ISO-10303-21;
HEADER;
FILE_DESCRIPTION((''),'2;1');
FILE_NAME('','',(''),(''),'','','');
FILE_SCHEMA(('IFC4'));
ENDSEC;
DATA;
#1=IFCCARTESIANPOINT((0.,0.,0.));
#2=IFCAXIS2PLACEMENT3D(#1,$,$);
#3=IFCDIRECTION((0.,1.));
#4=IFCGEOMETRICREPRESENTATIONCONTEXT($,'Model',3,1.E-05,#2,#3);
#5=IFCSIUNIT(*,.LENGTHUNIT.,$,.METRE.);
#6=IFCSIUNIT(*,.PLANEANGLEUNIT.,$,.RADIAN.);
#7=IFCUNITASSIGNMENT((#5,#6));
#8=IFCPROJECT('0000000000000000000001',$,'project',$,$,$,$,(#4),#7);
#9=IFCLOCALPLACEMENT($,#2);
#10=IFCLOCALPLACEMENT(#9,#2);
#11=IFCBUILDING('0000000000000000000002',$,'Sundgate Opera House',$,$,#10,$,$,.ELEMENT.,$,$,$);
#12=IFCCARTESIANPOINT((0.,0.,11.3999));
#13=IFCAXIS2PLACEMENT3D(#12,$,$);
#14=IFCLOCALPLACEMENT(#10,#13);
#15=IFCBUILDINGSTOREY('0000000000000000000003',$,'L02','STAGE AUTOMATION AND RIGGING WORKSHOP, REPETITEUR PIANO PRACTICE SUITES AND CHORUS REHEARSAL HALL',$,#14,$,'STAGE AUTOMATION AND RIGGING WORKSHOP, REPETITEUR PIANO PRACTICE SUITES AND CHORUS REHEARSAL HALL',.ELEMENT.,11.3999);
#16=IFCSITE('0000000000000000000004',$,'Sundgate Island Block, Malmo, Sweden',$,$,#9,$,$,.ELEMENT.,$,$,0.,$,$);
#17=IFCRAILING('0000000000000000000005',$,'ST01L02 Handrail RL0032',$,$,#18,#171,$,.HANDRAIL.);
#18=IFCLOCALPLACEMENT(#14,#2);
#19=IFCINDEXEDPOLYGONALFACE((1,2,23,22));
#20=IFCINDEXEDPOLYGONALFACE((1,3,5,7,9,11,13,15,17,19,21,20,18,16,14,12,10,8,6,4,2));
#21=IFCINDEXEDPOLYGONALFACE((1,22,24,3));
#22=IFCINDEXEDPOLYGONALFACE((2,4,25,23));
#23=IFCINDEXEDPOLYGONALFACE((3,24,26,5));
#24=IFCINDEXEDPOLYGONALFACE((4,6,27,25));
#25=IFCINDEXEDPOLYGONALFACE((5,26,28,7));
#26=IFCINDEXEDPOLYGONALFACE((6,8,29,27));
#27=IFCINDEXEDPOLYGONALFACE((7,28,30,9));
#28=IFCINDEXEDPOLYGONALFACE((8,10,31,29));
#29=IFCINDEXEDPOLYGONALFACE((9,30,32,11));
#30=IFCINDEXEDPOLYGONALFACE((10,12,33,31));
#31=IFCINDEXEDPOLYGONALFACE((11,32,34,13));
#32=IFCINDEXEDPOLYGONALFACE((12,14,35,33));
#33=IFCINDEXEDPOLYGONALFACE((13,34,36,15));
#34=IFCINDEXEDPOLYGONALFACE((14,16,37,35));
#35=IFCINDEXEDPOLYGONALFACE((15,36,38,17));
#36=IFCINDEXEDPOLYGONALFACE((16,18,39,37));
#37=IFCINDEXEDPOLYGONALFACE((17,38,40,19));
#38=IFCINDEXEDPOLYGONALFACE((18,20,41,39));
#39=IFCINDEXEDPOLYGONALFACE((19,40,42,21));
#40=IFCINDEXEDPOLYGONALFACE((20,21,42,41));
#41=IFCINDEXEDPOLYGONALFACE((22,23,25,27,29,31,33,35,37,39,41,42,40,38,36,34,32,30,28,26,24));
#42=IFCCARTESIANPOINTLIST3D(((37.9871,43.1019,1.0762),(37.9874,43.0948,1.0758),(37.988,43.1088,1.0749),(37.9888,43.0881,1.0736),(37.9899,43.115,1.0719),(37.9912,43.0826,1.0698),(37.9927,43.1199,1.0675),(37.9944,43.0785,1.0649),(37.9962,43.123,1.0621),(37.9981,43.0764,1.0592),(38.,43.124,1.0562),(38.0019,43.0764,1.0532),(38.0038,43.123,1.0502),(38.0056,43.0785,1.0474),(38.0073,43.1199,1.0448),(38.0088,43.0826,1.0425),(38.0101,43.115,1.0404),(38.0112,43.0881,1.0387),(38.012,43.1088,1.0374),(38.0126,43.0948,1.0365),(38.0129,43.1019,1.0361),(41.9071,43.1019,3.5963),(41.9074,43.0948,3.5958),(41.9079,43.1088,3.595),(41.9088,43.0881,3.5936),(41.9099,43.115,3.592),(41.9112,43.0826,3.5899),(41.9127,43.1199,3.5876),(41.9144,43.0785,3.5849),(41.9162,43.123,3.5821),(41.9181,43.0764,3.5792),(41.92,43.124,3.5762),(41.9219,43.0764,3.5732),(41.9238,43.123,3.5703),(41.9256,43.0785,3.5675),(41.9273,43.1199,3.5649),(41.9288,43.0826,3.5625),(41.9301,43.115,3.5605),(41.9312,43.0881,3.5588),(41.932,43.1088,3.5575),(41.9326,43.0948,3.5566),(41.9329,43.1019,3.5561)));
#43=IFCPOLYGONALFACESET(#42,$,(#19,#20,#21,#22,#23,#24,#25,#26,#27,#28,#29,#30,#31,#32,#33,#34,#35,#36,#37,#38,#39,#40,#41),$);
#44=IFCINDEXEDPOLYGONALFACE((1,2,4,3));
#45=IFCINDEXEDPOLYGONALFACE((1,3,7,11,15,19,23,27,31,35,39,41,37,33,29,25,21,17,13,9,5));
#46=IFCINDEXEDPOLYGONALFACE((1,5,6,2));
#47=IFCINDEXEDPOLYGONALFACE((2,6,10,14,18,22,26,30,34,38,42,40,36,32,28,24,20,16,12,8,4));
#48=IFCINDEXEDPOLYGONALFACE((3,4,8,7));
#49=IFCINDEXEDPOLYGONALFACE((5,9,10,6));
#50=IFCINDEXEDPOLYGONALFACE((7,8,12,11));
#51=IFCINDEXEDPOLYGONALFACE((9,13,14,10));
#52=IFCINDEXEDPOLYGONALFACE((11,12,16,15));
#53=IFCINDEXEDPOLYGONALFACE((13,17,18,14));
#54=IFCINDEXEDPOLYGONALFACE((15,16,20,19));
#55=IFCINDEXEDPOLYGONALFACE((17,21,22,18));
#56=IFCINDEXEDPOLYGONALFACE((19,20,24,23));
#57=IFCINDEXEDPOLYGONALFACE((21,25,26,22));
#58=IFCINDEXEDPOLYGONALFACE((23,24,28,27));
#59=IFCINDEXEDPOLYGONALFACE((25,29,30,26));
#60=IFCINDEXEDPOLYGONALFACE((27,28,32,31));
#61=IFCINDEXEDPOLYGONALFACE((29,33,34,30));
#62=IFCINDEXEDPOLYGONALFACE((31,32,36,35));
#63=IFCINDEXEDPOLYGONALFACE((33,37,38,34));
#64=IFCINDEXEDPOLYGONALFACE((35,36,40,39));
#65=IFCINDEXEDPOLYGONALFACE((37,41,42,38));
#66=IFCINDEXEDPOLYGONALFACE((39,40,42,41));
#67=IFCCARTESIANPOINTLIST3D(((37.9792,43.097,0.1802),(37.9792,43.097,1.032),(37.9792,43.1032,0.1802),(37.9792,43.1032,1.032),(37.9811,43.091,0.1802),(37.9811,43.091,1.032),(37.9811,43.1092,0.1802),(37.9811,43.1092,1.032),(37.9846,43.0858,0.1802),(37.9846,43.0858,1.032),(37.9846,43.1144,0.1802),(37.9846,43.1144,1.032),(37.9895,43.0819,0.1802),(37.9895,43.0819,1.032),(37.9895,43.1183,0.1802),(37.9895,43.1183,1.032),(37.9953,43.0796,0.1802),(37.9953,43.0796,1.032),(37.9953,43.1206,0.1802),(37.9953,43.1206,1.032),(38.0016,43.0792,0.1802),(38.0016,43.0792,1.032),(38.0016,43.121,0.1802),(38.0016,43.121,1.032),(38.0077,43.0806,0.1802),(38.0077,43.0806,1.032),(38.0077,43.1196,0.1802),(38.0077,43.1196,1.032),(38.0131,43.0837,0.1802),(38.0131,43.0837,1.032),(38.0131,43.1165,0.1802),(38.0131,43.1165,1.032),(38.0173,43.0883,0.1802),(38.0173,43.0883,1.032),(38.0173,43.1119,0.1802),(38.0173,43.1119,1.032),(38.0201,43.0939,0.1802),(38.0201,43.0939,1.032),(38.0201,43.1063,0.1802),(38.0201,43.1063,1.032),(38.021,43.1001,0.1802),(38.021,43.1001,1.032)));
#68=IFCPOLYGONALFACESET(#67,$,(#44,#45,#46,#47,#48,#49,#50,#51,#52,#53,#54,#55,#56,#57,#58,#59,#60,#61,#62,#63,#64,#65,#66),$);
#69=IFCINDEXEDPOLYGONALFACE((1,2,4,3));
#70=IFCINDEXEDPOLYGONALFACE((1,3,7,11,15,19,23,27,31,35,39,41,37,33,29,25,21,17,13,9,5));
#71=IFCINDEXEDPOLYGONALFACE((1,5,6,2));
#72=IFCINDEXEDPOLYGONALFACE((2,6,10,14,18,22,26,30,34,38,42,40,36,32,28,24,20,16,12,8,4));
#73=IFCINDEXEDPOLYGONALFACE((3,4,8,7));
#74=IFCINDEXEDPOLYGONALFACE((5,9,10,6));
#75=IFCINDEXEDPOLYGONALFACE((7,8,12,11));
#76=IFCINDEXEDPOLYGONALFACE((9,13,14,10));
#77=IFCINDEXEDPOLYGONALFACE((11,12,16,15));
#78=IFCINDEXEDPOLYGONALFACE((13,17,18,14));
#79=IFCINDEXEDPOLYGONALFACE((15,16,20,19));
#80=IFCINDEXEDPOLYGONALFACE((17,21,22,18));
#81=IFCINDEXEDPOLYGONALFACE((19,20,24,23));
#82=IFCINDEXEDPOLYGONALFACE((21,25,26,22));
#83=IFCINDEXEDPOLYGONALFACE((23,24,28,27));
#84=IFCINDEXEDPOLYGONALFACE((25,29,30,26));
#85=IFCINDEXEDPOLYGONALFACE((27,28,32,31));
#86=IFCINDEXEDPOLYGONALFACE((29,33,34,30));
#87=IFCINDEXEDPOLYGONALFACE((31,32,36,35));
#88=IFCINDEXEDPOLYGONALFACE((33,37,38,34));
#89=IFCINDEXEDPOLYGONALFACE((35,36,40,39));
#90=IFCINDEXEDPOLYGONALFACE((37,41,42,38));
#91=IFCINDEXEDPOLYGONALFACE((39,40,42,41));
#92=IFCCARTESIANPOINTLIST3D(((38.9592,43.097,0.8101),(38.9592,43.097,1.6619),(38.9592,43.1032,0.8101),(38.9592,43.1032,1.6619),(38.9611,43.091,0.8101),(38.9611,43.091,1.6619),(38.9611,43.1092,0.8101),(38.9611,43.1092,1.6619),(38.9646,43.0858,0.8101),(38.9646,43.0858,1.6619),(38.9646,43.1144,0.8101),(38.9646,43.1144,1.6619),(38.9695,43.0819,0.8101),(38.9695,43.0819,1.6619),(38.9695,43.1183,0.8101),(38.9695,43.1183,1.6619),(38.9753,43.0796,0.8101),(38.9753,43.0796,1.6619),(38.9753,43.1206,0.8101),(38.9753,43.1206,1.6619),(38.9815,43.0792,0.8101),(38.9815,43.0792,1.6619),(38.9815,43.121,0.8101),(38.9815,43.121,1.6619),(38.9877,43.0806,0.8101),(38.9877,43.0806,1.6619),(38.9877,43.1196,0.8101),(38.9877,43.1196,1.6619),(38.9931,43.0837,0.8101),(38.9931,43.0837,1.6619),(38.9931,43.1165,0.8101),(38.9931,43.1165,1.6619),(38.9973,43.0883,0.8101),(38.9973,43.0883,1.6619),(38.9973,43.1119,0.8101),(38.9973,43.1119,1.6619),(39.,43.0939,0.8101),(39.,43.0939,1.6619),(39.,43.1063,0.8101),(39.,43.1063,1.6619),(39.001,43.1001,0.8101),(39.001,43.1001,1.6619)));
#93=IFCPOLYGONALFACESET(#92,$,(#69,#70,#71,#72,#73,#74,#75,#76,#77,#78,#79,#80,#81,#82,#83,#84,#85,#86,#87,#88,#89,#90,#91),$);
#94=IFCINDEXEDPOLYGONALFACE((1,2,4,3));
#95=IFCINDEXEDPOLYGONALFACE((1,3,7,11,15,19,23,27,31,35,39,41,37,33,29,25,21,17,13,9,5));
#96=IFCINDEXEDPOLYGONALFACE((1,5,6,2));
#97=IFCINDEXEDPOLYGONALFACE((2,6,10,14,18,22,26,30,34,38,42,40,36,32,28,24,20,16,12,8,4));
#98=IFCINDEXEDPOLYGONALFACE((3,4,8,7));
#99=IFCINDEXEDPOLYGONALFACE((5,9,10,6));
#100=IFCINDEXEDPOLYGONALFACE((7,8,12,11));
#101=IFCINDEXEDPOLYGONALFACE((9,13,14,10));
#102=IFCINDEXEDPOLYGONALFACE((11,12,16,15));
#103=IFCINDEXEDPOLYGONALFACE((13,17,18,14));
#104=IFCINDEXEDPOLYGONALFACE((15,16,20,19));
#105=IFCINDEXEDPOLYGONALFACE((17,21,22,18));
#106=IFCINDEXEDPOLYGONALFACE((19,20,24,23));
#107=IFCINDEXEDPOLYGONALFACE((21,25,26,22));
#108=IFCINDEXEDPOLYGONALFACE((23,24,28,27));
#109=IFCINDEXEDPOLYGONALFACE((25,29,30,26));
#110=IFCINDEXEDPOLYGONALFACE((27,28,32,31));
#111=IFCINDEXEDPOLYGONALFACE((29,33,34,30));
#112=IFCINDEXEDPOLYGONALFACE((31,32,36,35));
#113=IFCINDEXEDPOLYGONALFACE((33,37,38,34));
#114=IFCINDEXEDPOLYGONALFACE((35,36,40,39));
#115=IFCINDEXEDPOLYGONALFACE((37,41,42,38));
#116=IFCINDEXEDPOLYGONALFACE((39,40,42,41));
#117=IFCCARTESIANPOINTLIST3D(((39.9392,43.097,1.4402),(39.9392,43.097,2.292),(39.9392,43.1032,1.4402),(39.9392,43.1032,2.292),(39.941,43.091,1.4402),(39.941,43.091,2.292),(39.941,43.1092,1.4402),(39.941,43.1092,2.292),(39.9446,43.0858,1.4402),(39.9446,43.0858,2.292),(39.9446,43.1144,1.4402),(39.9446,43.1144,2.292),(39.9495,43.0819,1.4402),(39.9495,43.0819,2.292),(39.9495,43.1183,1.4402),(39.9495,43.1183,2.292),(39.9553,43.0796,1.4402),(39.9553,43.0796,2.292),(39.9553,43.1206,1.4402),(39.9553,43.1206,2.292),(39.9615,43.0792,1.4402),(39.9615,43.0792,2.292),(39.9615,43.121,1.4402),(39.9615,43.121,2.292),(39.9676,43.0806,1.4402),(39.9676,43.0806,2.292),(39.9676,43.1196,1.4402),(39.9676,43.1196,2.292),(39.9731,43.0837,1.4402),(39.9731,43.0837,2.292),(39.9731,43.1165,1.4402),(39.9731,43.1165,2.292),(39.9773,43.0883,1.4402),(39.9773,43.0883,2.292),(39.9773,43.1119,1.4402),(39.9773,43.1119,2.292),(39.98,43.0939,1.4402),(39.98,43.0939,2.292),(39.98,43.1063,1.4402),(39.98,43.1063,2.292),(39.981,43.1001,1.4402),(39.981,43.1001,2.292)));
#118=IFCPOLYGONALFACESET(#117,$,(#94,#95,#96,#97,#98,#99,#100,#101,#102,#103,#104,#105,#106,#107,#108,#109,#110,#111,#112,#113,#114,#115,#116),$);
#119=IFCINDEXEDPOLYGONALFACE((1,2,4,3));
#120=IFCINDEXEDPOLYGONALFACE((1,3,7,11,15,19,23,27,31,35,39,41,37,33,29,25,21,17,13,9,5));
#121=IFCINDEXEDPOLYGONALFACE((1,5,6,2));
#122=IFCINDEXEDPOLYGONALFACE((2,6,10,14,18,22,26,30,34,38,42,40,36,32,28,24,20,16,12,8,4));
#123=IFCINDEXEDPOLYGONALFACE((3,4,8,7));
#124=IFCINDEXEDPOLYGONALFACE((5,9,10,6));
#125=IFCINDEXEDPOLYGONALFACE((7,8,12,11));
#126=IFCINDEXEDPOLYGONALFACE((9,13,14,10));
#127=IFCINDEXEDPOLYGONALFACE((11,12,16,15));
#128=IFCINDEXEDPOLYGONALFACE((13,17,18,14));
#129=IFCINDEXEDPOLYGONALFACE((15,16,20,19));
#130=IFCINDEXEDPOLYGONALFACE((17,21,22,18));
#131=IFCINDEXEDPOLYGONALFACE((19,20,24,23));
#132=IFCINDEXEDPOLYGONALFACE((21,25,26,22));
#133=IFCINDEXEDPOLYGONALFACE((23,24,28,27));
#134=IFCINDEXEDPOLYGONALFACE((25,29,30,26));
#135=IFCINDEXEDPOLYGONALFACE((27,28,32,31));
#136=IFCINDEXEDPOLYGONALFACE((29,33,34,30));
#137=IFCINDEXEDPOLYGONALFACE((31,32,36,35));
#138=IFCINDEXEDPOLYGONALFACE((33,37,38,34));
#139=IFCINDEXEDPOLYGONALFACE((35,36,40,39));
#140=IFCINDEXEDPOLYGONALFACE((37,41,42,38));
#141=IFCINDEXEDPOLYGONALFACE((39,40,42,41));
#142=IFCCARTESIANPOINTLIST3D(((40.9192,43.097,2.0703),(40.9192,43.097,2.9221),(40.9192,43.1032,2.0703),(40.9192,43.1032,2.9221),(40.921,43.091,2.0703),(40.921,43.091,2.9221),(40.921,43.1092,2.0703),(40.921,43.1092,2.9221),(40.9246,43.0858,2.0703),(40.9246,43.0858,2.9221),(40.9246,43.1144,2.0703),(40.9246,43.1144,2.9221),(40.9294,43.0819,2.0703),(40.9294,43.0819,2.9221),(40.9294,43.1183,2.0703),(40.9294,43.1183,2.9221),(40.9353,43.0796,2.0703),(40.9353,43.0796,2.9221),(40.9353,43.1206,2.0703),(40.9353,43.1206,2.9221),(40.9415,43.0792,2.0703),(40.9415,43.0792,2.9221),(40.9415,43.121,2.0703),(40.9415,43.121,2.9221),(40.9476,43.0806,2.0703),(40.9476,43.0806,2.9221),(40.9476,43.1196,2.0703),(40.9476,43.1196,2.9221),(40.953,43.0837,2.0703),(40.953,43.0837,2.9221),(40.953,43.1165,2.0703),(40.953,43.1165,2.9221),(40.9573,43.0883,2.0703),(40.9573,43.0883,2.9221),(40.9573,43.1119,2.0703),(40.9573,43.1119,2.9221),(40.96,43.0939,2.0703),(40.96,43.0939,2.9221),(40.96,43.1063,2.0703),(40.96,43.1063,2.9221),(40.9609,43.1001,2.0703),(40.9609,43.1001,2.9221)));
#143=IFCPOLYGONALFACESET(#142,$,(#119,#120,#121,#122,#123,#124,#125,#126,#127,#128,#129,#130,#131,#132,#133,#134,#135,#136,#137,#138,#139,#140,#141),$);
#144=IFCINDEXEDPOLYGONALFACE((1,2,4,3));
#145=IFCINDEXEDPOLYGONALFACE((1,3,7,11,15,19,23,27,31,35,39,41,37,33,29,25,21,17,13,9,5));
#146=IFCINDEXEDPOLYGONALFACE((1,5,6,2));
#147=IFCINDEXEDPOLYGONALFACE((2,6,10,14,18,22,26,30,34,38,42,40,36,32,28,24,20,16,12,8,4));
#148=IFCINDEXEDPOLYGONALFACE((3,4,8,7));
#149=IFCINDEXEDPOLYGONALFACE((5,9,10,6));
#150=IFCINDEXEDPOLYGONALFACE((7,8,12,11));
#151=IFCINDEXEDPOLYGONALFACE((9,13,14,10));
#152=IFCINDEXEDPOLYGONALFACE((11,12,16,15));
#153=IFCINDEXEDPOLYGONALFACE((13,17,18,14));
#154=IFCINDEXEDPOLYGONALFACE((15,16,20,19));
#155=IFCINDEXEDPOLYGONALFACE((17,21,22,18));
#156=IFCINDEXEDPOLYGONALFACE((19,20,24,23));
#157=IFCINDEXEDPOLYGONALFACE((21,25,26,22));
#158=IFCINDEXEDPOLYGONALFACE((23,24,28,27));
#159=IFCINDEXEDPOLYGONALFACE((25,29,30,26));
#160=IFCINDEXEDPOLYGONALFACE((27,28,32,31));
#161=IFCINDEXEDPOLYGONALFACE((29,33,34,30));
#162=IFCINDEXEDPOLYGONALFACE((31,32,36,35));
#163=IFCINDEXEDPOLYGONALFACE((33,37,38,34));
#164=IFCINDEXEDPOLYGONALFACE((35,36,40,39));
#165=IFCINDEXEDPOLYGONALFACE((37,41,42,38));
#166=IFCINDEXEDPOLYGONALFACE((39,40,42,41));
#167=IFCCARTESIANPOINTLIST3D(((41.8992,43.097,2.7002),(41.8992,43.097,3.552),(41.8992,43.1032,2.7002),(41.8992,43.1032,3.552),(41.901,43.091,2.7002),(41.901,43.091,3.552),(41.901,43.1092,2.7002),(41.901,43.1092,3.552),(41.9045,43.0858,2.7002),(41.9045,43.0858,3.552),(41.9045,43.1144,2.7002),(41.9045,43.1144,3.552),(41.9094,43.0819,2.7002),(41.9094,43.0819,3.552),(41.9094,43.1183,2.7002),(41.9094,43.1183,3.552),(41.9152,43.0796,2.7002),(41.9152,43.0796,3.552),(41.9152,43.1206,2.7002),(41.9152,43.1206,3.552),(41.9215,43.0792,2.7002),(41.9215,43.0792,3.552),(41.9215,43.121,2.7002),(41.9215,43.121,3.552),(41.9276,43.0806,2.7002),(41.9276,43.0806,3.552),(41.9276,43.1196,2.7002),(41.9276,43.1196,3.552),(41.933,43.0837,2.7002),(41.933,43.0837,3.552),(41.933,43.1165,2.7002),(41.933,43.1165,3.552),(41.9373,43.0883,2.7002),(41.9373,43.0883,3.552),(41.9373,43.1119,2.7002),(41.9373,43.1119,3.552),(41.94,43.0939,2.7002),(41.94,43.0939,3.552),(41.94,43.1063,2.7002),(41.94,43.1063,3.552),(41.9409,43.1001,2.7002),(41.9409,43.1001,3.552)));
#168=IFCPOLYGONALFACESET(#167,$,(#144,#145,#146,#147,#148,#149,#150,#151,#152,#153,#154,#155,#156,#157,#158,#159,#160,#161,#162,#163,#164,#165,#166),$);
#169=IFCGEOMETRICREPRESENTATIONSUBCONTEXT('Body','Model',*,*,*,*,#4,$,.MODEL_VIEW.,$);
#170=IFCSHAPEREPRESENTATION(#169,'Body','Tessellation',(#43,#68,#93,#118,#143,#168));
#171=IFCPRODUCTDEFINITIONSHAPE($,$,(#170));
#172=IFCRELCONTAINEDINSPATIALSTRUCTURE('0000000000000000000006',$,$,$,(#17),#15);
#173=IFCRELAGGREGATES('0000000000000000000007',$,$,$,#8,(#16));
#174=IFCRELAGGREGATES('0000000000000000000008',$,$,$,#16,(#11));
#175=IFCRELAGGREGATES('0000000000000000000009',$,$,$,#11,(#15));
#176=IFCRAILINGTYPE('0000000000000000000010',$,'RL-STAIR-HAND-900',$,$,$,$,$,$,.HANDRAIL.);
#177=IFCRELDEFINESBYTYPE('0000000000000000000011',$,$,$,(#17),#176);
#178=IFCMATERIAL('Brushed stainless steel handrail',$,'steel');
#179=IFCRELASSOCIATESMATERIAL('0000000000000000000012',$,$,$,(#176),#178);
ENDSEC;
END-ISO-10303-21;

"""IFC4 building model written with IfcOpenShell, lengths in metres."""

from ifc_helpers import new_model, si_unit, direction, frame, origin, origin_2d, place, context, subcontext, project, spatial, circle, extrude, material, type_object, element, save


model = new_model("IFC4")

# Units and contexts
model_context = context("Model", 3, precision=1e-05, world=origin(), true_north=direction((0.0, 1.0)))
body_context = subcontext(model_context, "Body", "Model", "MODEL_VIEW")
ifc_project = project(units=[si_unit("LENGTHUNIT", "METRE"), si_unit("PLANEANGLEUNIT", "RADIAN")], contexts=[model_context])

# Site, building, storey
site_placement = place(None, origin())
site = spatial("IfcSite", under=ifc_project, at=site_placement, Name="Sundgate Island Block, Malmo, Sweden", CompositionType="ELEMENT", RefElevation=0.0)
building_placement = place(site_placement, origin())
building = spatial("IfcBuilding", under=site, at=building_placement, Name="Sundgate Opera House", CompositionType="ELEMENT")
storey_placement = place(building_placement, frame((0.0, 0.0, 11.3999)))
storey = spatial("IfcBuildingStorey", under=building, at=storey_placement, Name="L02", Description="STAGE AUTOMATION AND RIGGING WORKSHOP, REPETITEUR PIANO PRACTICE SUITES AND CHORUS REHEARSAL HALL", LongName="STAGE AUTOMATION AND RIGGING WORKSHOP, REPETITEUR PIANO PRACTICE SUITES AND CHORUS REHEARSAL HALL", CompositionType="ELEMENT", Elevation=11.3999)

# Railing
ifc_material_1 = material(Name="Brushed stainless steel handrail", Category="steel")
railing_type_1 = type_object("IfcRailingType", Name="RL-STAIR-HAND-900", PredefinedType="HANDRAIL", material=ifc_material_1)
railing_1_placement = place(storey_placement, frame((38.0, 43.1001, 0.1802)))
element("IfcRailing", 1, at=railing_1_placement, inside=storey, type_object=railing_type_1, Name="ST01L02 Handrail RL0032", PredefinedType="HANDRAIL", context=body_context, shape_type="SweptSolid", body=[
    extrude(circle(Radius=0.0239, at=origin_2d()), frame((0.0, 0.0, 0.876), z_axis=(0.841172, 0.0, 0.540768), x_axis=(0.0, 1.0, 0.0)), (0.0, 0.0, 1.0), 4.6602),
    extrude(circle(Radius=0.021, at=origin_2d()), origin(), (0.0, 0.0, 1.0), 0.8518),
    extrude(circle(Radius=0.021, at=origin_2d()), frame((0.98, 0.0, 0.6299)), (0.0, 0.0, 1.0), 0.8518),
    extrude(circle(Radius=0.021, at=origin_2d()), frame((1.96, 0.0, 1.26)), (0.0, 0.0, 1.0), 0.8518),
    extrude(circle(Radius=0.021, at=origin_2d()), frame((2.9399, 0.0, 1.8901)), (0.0, 0.0, 1.0), 0.8518),
    extrude(circle(Radius=0.021, at=origin_2d()), frame((3.9199, 0.0, 2.52)), (0.0, 0.0, 1.0), 0.8518),
])

save(model, "model.ifc")
